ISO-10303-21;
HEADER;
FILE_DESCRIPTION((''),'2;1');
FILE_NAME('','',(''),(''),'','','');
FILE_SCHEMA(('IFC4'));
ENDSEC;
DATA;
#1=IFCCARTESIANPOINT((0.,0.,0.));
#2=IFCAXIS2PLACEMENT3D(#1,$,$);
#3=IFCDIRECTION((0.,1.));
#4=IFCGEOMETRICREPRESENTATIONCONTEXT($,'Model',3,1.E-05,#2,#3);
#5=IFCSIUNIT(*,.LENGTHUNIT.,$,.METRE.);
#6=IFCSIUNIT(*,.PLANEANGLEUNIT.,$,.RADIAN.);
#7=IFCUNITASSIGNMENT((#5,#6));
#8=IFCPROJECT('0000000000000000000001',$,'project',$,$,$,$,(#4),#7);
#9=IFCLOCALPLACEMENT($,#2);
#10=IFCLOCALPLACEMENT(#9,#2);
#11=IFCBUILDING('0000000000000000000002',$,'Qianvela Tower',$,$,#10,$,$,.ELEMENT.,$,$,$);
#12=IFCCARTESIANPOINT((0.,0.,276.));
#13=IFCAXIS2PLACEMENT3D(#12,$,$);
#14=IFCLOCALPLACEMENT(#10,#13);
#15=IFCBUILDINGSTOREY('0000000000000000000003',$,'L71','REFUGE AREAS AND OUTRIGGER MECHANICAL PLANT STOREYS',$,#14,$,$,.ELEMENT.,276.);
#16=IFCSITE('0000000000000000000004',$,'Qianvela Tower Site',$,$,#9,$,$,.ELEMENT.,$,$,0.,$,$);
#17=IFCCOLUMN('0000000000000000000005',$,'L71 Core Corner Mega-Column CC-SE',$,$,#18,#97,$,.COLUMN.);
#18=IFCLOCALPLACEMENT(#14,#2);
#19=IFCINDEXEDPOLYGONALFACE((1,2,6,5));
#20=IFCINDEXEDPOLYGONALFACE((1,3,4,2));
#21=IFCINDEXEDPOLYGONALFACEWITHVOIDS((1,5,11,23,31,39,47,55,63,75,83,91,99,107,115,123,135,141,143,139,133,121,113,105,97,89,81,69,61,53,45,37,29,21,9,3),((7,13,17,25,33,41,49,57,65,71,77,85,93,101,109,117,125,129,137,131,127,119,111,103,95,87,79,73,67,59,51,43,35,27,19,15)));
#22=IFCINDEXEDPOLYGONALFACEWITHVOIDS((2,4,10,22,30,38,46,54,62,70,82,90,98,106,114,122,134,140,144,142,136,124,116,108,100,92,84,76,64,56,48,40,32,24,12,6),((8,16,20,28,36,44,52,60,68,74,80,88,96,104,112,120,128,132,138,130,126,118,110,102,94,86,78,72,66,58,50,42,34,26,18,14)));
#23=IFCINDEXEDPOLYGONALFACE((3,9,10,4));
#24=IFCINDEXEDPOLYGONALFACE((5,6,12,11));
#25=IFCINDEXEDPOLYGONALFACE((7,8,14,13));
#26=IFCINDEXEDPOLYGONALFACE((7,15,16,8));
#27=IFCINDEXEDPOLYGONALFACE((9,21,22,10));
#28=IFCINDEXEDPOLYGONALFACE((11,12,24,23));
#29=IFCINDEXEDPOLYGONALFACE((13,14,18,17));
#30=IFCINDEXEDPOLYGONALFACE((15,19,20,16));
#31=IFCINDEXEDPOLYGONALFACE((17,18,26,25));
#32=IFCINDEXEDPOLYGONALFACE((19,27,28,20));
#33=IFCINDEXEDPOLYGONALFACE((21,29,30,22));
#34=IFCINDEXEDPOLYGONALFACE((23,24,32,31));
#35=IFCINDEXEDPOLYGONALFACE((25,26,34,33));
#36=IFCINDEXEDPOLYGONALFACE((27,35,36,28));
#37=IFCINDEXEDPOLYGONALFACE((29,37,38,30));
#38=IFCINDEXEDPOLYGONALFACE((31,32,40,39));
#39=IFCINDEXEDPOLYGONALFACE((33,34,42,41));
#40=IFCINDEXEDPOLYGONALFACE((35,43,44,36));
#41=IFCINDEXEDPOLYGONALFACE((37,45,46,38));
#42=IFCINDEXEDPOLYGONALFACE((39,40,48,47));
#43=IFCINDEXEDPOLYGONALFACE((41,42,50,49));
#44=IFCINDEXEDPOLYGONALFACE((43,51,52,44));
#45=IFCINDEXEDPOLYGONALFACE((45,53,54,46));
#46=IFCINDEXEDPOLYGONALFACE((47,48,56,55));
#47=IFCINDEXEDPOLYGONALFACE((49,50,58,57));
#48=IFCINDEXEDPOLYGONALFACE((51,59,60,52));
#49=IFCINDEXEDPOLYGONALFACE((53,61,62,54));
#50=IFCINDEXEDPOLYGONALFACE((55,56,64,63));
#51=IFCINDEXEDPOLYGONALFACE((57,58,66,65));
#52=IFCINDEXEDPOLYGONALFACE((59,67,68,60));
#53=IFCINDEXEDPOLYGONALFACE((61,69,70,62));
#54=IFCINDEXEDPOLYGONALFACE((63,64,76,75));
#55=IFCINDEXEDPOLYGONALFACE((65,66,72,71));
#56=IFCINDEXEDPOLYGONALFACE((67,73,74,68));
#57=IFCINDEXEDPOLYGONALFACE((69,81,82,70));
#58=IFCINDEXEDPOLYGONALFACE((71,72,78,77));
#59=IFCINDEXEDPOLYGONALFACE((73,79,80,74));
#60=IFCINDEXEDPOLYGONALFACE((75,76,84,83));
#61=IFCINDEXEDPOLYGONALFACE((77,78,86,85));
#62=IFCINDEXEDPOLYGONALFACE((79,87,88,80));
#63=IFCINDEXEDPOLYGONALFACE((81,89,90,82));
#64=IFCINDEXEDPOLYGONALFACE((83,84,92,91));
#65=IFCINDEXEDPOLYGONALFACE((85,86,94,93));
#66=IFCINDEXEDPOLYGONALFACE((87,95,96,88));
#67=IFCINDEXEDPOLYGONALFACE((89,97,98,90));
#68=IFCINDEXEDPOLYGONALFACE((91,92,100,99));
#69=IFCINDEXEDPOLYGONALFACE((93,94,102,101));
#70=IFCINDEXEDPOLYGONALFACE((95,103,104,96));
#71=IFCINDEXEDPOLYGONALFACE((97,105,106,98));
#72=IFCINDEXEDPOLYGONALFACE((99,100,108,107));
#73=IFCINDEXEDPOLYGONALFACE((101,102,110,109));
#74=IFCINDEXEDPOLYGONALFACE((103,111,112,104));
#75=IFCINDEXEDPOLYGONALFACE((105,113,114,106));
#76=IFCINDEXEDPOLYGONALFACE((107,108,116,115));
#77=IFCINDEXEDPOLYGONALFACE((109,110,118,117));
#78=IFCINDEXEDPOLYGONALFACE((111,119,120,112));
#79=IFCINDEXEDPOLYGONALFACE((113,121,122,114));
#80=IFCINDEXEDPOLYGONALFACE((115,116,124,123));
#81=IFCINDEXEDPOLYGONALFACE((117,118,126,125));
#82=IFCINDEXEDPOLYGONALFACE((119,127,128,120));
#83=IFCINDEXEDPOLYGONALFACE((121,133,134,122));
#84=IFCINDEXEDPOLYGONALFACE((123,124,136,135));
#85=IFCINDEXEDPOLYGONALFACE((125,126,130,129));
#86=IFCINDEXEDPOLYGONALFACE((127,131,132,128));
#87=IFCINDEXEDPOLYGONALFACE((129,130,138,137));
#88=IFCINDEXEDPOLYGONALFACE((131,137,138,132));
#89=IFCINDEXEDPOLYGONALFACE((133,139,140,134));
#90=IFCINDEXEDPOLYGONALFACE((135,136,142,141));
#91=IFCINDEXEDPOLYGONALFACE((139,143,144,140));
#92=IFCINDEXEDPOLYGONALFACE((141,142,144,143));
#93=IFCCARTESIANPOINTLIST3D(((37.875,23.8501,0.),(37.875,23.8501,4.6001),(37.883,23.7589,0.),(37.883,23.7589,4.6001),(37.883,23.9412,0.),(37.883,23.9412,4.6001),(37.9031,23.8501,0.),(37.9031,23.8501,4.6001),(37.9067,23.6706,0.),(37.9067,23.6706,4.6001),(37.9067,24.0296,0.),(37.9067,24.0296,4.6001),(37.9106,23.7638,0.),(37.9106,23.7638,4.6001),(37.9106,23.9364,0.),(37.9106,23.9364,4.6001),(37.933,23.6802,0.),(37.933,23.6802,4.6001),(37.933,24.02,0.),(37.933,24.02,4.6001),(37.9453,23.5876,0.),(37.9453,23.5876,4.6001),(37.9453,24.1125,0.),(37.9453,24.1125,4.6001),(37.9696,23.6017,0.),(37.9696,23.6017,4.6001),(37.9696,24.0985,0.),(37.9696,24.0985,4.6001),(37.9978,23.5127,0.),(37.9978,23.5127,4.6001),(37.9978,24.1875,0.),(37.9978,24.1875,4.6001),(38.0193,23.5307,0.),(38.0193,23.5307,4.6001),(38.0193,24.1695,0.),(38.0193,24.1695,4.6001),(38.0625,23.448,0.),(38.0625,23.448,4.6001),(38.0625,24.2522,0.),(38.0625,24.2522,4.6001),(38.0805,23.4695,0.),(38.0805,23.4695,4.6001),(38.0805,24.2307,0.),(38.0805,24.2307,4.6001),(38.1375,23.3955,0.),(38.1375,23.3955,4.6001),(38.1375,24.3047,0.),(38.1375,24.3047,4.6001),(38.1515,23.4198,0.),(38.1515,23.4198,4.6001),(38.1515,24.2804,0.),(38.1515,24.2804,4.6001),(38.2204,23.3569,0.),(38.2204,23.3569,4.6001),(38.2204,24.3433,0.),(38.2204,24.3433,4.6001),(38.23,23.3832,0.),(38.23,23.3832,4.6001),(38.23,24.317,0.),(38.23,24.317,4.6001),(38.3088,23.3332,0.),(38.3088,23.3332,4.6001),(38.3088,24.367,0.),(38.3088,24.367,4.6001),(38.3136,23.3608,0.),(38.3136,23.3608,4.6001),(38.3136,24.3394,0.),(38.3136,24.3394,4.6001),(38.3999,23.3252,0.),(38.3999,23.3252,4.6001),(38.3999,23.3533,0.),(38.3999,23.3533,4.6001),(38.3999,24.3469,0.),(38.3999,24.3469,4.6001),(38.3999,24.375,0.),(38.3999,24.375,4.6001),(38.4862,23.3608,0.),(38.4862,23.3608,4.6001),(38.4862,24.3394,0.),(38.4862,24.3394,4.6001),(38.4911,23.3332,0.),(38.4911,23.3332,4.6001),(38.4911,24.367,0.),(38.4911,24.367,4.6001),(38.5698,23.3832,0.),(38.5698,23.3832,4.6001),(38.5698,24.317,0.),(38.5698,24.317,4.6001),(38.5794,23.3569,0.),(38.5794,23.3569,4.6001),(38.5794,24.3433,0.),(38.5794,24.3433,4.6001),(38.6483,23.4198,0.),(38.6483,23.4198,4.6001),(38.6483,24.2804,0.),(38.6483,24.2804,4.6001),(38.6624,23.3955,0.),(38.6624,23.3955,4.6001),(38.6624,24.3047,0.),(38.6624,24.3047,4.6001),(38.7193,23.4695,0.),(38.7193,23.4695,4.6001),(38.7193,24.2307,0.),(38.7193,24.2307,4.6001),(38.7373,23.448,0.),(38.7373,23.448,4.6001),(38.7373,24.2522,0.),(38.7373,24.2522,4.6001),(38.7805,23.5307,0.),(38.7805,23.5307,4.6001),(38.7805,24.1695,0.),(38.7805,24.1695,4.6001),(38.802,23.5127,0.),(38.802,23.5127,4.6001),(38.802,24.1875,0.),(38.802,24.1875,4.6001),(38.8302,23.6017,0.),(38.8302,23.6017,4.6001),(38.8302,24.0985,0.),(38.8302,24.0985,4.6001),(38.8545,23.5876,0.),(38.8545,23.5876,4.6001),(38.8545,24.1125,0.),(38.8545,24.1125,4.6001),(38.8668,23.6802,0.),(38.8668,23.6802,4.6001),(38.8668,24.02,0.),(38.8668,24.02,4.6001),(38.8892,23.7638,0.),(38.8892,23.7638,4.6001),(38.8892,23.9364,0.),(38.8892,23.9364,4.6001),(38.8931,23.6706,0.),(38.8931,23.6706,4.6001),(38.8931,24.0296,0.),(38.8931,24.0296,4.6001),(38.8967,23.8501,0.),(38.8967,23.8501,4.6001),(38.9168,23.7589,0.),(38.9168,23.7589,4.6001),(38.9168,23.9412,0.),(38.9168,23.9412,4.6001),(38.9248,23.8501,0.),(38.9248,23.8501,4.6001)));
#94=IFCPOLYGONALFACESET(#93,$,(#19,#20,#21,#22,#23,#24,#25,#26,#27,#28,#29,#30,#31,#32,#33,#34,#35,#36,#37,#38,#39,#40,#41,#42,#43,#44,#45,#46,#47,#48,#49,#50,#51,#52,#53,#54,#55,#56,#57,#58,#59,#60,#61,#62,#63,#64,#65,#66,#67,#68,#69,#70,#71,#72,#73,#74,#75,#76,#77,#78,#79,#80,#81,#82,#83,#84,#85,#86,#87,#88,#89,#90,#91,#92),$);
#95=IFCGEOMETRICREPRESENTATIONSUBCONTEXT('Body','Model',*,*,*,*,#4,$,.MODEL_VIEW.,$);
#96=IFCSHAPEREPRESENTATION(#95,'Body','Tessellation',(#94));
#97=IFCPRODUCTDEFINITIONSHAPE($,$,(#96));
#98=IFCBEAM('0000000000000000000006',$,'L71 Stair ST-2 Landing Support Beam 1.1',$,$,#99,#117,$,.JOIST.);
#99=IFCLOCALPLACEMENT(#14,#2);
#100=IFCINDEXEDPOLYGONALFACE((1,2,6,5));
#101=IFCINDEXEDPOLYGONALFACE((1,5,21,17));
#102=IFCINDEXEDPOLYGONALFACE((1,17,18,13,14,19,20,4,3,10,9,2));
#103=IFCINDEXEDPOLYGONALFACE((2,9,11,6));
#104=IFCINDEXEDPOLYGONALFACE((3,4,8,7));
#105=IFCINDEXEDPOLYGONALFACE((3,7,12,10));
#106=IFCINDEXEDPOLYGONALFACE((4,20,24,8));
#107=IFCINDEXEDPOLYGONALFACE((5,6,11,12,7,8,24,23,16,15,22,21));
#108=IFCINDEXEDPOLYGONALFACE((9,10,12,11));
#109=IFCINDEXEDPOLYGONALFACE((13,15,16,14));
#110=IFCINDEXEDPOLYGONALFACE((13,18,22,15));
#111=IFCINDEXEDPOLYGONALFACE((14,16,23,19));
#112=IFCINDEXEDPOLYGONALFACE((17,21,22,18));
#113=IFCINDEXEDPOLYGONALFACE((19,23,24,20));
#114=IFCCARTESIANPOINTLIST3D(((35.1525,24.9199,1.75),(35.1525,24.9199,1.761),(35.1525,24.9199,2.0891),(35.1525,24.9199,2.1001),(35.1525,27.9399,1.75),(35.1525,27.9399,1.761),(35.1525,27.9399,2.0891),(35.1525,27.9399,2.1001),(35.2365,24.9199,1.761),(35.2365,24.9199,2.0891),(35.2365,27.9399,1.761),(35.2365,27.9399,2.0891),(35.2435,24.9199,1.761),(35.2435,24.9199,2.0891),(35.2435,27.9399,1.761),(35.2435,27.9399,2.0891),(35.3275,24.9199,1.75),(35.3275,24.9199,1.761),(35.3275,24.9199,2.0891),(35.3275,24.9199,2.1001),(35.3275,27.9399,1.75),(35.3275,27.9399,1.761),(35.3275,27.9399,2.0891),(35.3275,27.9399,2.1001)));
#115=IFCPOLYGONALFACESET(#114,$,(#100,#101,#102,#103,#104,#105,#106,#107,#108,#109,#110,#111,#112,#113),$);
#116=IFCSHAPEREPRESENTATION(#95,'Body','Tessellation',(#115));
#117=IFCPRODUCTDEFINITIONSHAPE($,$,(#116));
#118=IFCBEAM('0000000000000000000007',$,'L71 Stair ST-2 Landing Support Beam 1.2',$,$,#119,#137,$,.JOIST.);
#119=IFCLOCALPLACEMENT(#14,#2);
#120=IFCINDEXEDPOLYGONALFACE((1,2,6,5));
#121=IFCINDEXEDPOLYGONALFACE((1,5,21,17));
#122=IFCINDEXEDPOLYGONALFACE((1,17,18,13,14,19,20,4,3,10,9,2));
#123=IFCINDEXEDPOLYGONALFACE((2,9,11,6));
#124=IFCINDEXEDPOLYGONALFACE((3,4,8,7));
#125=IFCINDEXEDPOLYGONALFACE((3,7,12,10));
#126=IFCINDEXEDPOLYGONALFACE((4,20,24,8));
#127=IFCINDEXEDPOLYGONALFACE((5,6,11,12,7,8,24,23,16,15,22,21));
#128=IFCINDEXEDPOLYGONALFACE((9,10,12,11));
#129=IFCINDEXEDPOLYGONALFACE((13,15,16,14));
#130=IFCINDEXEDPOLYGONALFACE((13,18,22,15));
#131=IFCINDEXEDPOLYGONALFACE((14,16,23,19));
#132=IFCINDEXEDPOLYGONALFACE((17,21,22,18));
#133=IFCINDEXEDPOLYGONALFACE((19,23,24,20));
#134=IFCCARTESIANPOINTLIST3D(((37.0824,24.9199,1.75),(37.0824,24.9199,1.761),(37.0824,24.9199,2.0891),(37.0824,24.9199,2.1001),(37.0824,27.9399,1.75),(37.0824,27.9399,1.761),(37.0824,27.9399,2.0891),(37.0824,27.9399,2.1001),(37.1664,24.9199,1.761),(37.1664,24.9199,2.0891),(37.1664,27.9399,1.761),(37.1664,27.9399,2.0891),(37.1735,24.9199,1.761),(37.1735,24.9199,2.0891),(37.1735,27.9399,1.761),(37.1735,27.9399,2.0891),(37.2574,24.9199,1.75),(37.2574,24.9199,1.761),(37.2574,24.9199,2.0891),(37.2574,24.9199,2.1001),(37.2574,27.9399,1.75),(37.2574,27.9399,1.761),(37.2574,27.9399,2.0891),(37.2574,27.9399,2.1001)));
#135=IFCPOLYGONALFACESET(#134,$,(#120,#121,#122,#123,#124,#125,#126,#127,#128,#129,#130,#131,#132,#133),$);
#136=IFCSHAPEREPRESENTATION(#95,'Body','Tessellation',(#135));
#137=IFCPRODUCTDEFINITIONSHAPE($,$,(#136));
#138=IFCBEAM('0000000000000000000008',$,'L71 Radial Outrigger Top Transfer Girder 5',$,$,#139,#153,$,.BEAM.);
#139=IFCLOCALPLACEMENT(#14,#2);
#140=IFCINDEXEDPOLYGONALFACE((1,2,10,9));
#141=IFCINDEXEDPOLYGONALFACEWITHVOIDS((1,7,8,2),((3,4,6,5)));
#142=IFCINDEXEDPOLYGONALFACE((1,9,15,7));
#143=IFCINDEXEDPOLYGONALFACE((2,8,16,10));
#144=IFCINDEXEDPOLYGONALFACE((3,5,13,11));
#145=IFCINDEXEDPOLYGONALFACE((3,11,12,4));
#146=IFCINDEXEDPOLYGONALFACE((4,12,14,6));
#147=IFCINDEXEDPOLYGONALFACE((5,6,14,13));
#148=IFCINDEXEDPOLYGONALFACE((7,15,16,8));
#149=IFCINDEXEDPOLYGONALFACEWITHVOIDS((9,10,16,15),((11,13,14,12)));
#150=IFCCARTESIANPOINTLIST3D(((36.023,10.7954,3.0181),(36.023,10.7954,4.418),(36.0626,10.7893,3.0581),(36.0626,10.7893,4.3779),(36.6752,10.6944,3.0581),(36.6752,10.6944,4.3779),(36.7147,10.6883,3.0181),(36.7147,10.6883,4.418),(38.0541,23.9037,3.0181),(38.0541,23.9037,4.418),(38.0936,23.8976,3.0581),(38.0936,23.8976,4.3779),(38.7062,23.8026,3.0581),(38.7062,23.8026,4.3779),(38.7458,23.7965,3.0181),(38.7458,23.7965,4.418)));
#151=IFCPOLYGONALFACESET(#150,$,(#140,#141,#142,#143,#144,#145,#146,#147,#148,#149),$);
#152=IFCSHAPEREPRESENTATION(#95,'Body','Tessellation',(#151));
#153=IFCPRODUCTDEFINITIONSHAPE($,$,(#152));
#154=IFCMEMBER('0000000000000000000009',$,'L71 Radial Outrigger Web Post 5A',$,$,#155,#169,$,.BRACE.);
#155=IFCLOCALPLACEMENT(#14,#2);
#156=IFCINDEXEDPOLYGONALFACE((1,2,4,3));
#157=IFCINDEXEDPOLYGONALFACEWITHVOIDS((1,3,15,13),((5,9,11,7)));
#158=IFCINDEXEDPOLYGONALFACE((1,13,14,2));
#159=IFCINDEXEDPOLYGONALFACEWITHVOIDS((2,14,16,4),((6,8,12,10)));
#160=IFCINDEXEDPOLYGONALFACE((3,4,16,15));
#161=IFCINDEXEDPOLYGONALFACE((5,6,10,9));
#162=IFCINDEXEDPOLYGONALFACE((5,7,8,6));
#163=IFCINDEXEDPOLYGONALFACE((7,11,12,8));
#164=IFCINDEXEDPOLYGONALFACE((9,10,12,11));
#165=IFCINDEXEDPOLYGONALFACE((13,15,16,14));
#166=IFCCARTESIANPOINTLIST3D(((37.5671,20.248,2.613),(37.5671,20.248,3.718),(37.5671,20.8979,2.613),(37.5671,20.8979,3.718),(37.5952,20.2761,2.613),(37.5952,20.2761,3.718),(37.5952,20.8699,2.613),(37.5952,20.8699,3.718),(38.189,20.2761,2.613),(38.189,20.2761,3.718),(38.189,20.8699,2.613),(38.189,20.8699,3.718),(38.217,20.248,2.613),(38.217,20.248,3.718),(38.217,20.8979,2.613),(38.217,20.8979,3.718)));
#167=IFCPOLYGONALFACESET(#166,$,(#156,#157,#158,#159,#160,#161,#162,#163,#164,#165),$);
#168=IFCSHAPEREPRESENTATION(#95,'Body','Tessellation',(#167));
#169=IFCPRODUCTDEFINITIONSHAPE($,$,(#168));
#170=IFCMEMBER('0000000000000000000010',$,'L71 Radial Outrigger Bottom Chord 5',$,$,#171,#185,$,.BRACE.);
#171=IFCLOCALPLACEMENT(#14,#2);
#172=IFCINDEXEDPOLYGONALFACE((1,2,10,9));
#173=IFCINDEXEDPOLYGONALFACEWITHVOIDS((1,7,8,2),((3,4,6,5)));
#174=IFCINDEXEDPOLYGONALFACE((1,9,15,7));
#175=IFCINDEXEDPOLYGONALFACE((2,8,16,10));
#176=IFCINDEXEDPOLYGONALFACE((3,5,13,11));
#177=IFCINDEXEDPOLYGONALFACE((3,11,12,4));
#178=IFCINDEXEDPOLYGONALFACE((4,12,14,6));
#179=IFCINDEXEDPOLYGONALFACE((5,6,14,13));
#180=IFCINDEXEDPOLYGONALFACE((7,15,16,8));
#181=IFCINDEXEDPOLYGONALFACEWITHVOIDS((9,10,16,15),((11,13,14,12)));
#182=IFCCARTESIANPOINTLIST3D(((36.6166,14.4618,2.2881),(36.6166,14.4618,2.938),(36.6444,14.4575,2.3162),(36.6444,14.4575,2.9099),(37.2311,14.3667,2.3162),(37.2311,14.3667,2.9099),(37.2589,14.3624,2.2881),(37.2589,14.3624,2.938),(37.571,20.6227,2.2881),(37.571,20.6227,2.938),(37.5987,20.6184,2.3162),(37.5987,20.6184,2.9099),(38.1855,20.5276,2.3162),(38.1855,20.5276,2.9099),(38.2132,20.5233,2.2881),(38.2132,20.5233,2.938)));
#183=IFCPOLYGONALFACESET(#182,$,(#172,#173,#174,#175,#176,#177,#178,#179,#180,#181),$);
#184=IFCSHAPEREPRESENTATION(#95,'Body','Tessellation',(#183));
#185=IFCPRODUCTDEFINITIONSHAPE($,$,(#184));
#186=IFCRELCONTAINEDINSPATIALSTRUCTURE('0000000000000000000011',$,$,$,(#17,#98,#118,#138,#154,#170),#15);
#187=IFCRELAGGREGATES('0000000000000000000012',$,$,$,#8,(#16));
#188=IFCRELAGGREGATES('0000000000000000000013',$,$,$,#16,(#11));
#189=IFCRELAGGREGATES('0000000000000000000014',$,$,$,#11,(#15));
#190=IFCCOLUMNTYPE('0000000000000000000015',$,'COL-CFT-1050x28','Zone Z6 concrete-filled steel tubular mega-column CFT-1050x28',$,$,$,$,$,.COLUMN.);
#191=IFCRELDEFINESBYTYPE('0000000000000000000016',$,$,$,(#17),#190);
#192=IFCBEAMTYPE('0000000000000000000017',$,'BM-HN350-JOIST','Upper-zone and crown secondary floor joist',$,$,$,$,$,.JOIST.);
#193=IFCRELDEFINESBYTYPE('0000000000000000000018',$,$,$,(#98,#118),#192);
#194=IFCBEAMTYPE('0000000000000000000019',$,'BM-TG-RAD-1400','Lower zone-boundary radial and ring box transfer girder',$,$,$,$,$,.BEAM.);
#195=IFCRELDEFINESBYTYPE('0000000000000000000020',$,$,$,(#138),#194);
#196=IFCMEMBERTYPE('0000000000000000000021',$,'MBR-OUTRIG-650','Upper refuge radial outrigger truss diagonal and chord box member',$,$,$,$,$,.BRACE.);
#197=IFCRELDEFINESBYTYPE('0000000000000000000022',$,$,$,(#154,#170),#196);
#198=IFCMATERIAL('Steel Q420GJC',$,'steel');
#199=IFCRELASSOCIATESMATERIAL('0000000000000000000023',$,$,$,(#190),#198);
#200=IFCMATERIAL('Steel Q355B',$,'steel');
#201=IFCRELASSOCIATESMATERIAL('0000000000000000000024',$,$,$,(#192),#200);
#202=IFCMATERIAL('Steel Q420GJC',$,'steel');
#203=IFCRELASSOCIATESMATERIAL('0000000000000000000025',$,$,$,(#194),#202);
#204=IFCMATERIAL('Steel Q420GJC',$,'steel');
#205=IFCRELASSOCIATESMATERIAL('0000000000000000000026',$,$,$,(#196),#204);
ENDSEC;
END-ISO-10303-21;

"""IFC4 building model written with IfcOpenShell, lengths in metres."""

from ifc_helpers import new_model, si_unit, direction, frame, origin, origin_2d, place, context, subcontext, project, spatial, hollow_rectangle, hollow_circle, i_section, extrude, material, material_profile, profile_set, type_object, element, save


model = new_model("IFC4")

# Units and contexts
model_context = context("Model", 3, precision=1e-05, world=origin(), true_north=direction((0.0, 1.0)))
body_context = subcontext(model_context, "Body", "Model", "MODEL_VIEW")
ifc_project = project(units=[si_unit("LENGTHUNIT", "METRE"), si_unit("PLANEANGLEUNIT", "RADIAN")], contexts=[model_context])

# Site, building, storey
site_placement = place(None, origin())
site = spatial("IfcSite", under=ifc_project, at=site_placement, Name="Qianvela Tower Site", CompositionType="ELEMENT", RefElevation=0.0)
building_placement = place(site_placement, origin())
building = spatial("IfcBuilding", under=site, at=building_placement, Name="Qianvela Tower", CompositionType="ELEMENT")
storey_placement = place(building_placement, frame((0.0, 0.0, 276.0)))
storey = spatial("IfcBuildingStorey", under=building, at=storey_placement, Name="L71", Description="REFUGE AREAS AND OUTRIGGER MECHANICAL PLANT STOREYS", CompositionType="ELEMENT", Elevation=276.0)

# Column
ifc_material_1 = material(Name="Steel Q420GJC", Category="steel")
ifc_material_profile_1 = material_profile(ifc_material_1, hollow_circle(Radius=0.5249, WallThickness=0.0281, at=origin_2d()), Name="CFT-1050x28")
ifc_profile_set_1 = profile_set([ifc_material_profile_1], Name="Steel Q420GJC")
column_type = type_object("IfcColumnType", Name="COL-CFT-1050x28", Description="Zone Z6 concrete-filled steel tubular mega-column CFT-1050x28", PredefinedType="COLUMN", material=ifc_profile_set_1)
column_placement = place(storey_placement, frame((38.3999, 23.8501, 0.0), z_axis=(0.0, 0.0, 1.0), x_axis=(1.0, 0.0, 0.0)))
element("IfcColumn", 1, at=column_placement, inside=storey, type_object=column_type, Name="L71 Core Corner Mega-Column CC-SE", PredefinedType="COLUMN", context=body_context, shape_type="SweptSolid", body=[
    extrude(hollow_circle(Radius=0.5249, WallThickness=0.0281, at=origin_2d()), origin(), (0.0, 0.0, 1.0), 4.6001),
])

# Beams
ifc_material_2 = material(Name="Steel Q355B", Category="steel")
ifc_material_profile_2 = material_profile(ifc_material_2, i_section(OverallWidth=0.175, OverallDepth=0.3501, WebThickness=0.0071, FlangeThickness=0.011, at=origin_2d()), Name="HN350x175x7x11")
ifc_profile_set_2 = profile_set([ifc_material_profile_2], Name="Steel Q355B")
beam_type_1 = type_object("IfcBeamType", Name="BM-HN350-JOIST", Description="Upper-zone and crown secondary floor joist", PredefinedType="JOIST", material=ifc_profile_set_2)
for number, where, z_axis, x_axis, name in (
    (2, (35.24, 24.9199, 1.925), (0.0, 1.0, 0.0), (-1.0, 0.0, 0.0), "L71 Stair ST-2 Landing Support Beam 1.1"),
    (3, (37.1699, 24.9199, 1.925), (0.0, 1.0, 0.0), (-1.0, 0.0, 0.0), "L71 Stair ST-2 Landing Support Beam 1.2"),
):
    element("IfcBeam", number, at=place(storey_placement, frame(where, z_axis=z_axis, x_axis=x_axis)), inside=storey, type_object=beam_type_1, Name=name, PredefinedType="JOIST", context=body_context, shape_type="SweptSolid", body=[
        extrude(i_section(OverallWidth=0.175, OverallDepth=0.3501, WebThickness=0.0071, FlangeThickness=0.011, at=origin_2d()), origin(), (0.0, 0.0, 1.0), 3.02),
    ])
ifc_material_3 = material(Name="Steel Q420GJC", Category="steel")
ifc_material_profile_3 = material_profile(ifc_material_3, hollow_rectangle(XDim=0.7, YDim=1.3999, WallThickness=0.04, at=origin_2d()), Name="TG-BOX-1400x700x40")
ifc_profile_set_3 = profile_set([ifc_material_profile_3], Name="Steel Q420GJC")
beam_type_2 = type_object("IfcBeamType", Name="BM-TG-RAD-1400", Description="Lower zone-boundary radial and ring box transfer girder", PredefinedType="BEAM", material=ifc_profile_set_3)
beam_placement = place(storey_placement, frame((38.3999, 23.8501, 3.718), z_axis=(-0.153115, -0.988208, 0.0), x_axis=(0.988208, -0.153115, 0.0)))
element("IfcBeam", 4, at=beam_placement, inside=storey, type_object=beam_type_2, Name="L71 Radial Outrigger Top Transfer Girder 5", PredefinedType="BEAM", context=body_context, shape_type="SweptSolid", body=[
    extrude(hollow_rectangle(XDim=0.7, YDim=1.3999, WallThickness=0.04, at=origin_2d()), origin(), (0.0, 0.0, 1.0), 13.2646),
])

# Members
ifc_material_4 = material(Name="Steel Q420GJC", Category="steel")
ifc_material_profile_4 = material_profile(ifc_material_4, hollow_rectangle(XDim=0.6499, YDim=0.6499, WallThickness=0.0281, at=origin_2d()), Name="OBOX-650x650x28")
ifc_profile_set_4 = profile_set([ifc_material_profile_4], Name="Steel Q420GJC")
member_type = type_object("IfcMemberType", Name="MBR-OUTRIG-650", Description="Upper refuge radial outrigger truss diagonal and chord box member", PredefinedType="BRACE", material=ifc_profile_set_4)
member_1_placement = place(storey_placement, frame((37.8921, 20.573, 2.613), z_axis=(0.0, 0.0, 1.0), x_axis=(1.0, 0.0, 0.0)))
element("IfcMember", 5, at=member_1_placement, inside=storey, type_object=member_type, Name="L71 Radial Outrigger Web Post 5A", PredefinedType="BRACE", context=body_context, shape_type="SweptSolid", body=[
    extrude(hollow_rectangle(XDim=0.6499, YDim=0.6499, WallThickness=0.0281, at=origin_2d()), origin(), (0.0, 0.0, 1.0), 1.105),
])
member_2_placement = place(storey_placement, frame((37.8921, 20.573, 2.613), z_axis=(-0.153078, -0.988214, 0.0), x_axis=(0.988214, -0.153078, 0.0)))
element("IfcMember", 6, at=member_2_placement, inside=storey, type_object=member_type, Name="L71 Radial Outrigger Bottom Chord 5", PredefinedType="BRACE", context=body_context, shape_type="SweptSolid", body=[
    extrude(hollow_rectangle(XDim=0.6499, YDim=0.6499, WallThickness=0.0281, at=origin_2d()), origin(), (0.0, 0.0, 1.0), 6.2344),
])

save(model, "model.ifc")
